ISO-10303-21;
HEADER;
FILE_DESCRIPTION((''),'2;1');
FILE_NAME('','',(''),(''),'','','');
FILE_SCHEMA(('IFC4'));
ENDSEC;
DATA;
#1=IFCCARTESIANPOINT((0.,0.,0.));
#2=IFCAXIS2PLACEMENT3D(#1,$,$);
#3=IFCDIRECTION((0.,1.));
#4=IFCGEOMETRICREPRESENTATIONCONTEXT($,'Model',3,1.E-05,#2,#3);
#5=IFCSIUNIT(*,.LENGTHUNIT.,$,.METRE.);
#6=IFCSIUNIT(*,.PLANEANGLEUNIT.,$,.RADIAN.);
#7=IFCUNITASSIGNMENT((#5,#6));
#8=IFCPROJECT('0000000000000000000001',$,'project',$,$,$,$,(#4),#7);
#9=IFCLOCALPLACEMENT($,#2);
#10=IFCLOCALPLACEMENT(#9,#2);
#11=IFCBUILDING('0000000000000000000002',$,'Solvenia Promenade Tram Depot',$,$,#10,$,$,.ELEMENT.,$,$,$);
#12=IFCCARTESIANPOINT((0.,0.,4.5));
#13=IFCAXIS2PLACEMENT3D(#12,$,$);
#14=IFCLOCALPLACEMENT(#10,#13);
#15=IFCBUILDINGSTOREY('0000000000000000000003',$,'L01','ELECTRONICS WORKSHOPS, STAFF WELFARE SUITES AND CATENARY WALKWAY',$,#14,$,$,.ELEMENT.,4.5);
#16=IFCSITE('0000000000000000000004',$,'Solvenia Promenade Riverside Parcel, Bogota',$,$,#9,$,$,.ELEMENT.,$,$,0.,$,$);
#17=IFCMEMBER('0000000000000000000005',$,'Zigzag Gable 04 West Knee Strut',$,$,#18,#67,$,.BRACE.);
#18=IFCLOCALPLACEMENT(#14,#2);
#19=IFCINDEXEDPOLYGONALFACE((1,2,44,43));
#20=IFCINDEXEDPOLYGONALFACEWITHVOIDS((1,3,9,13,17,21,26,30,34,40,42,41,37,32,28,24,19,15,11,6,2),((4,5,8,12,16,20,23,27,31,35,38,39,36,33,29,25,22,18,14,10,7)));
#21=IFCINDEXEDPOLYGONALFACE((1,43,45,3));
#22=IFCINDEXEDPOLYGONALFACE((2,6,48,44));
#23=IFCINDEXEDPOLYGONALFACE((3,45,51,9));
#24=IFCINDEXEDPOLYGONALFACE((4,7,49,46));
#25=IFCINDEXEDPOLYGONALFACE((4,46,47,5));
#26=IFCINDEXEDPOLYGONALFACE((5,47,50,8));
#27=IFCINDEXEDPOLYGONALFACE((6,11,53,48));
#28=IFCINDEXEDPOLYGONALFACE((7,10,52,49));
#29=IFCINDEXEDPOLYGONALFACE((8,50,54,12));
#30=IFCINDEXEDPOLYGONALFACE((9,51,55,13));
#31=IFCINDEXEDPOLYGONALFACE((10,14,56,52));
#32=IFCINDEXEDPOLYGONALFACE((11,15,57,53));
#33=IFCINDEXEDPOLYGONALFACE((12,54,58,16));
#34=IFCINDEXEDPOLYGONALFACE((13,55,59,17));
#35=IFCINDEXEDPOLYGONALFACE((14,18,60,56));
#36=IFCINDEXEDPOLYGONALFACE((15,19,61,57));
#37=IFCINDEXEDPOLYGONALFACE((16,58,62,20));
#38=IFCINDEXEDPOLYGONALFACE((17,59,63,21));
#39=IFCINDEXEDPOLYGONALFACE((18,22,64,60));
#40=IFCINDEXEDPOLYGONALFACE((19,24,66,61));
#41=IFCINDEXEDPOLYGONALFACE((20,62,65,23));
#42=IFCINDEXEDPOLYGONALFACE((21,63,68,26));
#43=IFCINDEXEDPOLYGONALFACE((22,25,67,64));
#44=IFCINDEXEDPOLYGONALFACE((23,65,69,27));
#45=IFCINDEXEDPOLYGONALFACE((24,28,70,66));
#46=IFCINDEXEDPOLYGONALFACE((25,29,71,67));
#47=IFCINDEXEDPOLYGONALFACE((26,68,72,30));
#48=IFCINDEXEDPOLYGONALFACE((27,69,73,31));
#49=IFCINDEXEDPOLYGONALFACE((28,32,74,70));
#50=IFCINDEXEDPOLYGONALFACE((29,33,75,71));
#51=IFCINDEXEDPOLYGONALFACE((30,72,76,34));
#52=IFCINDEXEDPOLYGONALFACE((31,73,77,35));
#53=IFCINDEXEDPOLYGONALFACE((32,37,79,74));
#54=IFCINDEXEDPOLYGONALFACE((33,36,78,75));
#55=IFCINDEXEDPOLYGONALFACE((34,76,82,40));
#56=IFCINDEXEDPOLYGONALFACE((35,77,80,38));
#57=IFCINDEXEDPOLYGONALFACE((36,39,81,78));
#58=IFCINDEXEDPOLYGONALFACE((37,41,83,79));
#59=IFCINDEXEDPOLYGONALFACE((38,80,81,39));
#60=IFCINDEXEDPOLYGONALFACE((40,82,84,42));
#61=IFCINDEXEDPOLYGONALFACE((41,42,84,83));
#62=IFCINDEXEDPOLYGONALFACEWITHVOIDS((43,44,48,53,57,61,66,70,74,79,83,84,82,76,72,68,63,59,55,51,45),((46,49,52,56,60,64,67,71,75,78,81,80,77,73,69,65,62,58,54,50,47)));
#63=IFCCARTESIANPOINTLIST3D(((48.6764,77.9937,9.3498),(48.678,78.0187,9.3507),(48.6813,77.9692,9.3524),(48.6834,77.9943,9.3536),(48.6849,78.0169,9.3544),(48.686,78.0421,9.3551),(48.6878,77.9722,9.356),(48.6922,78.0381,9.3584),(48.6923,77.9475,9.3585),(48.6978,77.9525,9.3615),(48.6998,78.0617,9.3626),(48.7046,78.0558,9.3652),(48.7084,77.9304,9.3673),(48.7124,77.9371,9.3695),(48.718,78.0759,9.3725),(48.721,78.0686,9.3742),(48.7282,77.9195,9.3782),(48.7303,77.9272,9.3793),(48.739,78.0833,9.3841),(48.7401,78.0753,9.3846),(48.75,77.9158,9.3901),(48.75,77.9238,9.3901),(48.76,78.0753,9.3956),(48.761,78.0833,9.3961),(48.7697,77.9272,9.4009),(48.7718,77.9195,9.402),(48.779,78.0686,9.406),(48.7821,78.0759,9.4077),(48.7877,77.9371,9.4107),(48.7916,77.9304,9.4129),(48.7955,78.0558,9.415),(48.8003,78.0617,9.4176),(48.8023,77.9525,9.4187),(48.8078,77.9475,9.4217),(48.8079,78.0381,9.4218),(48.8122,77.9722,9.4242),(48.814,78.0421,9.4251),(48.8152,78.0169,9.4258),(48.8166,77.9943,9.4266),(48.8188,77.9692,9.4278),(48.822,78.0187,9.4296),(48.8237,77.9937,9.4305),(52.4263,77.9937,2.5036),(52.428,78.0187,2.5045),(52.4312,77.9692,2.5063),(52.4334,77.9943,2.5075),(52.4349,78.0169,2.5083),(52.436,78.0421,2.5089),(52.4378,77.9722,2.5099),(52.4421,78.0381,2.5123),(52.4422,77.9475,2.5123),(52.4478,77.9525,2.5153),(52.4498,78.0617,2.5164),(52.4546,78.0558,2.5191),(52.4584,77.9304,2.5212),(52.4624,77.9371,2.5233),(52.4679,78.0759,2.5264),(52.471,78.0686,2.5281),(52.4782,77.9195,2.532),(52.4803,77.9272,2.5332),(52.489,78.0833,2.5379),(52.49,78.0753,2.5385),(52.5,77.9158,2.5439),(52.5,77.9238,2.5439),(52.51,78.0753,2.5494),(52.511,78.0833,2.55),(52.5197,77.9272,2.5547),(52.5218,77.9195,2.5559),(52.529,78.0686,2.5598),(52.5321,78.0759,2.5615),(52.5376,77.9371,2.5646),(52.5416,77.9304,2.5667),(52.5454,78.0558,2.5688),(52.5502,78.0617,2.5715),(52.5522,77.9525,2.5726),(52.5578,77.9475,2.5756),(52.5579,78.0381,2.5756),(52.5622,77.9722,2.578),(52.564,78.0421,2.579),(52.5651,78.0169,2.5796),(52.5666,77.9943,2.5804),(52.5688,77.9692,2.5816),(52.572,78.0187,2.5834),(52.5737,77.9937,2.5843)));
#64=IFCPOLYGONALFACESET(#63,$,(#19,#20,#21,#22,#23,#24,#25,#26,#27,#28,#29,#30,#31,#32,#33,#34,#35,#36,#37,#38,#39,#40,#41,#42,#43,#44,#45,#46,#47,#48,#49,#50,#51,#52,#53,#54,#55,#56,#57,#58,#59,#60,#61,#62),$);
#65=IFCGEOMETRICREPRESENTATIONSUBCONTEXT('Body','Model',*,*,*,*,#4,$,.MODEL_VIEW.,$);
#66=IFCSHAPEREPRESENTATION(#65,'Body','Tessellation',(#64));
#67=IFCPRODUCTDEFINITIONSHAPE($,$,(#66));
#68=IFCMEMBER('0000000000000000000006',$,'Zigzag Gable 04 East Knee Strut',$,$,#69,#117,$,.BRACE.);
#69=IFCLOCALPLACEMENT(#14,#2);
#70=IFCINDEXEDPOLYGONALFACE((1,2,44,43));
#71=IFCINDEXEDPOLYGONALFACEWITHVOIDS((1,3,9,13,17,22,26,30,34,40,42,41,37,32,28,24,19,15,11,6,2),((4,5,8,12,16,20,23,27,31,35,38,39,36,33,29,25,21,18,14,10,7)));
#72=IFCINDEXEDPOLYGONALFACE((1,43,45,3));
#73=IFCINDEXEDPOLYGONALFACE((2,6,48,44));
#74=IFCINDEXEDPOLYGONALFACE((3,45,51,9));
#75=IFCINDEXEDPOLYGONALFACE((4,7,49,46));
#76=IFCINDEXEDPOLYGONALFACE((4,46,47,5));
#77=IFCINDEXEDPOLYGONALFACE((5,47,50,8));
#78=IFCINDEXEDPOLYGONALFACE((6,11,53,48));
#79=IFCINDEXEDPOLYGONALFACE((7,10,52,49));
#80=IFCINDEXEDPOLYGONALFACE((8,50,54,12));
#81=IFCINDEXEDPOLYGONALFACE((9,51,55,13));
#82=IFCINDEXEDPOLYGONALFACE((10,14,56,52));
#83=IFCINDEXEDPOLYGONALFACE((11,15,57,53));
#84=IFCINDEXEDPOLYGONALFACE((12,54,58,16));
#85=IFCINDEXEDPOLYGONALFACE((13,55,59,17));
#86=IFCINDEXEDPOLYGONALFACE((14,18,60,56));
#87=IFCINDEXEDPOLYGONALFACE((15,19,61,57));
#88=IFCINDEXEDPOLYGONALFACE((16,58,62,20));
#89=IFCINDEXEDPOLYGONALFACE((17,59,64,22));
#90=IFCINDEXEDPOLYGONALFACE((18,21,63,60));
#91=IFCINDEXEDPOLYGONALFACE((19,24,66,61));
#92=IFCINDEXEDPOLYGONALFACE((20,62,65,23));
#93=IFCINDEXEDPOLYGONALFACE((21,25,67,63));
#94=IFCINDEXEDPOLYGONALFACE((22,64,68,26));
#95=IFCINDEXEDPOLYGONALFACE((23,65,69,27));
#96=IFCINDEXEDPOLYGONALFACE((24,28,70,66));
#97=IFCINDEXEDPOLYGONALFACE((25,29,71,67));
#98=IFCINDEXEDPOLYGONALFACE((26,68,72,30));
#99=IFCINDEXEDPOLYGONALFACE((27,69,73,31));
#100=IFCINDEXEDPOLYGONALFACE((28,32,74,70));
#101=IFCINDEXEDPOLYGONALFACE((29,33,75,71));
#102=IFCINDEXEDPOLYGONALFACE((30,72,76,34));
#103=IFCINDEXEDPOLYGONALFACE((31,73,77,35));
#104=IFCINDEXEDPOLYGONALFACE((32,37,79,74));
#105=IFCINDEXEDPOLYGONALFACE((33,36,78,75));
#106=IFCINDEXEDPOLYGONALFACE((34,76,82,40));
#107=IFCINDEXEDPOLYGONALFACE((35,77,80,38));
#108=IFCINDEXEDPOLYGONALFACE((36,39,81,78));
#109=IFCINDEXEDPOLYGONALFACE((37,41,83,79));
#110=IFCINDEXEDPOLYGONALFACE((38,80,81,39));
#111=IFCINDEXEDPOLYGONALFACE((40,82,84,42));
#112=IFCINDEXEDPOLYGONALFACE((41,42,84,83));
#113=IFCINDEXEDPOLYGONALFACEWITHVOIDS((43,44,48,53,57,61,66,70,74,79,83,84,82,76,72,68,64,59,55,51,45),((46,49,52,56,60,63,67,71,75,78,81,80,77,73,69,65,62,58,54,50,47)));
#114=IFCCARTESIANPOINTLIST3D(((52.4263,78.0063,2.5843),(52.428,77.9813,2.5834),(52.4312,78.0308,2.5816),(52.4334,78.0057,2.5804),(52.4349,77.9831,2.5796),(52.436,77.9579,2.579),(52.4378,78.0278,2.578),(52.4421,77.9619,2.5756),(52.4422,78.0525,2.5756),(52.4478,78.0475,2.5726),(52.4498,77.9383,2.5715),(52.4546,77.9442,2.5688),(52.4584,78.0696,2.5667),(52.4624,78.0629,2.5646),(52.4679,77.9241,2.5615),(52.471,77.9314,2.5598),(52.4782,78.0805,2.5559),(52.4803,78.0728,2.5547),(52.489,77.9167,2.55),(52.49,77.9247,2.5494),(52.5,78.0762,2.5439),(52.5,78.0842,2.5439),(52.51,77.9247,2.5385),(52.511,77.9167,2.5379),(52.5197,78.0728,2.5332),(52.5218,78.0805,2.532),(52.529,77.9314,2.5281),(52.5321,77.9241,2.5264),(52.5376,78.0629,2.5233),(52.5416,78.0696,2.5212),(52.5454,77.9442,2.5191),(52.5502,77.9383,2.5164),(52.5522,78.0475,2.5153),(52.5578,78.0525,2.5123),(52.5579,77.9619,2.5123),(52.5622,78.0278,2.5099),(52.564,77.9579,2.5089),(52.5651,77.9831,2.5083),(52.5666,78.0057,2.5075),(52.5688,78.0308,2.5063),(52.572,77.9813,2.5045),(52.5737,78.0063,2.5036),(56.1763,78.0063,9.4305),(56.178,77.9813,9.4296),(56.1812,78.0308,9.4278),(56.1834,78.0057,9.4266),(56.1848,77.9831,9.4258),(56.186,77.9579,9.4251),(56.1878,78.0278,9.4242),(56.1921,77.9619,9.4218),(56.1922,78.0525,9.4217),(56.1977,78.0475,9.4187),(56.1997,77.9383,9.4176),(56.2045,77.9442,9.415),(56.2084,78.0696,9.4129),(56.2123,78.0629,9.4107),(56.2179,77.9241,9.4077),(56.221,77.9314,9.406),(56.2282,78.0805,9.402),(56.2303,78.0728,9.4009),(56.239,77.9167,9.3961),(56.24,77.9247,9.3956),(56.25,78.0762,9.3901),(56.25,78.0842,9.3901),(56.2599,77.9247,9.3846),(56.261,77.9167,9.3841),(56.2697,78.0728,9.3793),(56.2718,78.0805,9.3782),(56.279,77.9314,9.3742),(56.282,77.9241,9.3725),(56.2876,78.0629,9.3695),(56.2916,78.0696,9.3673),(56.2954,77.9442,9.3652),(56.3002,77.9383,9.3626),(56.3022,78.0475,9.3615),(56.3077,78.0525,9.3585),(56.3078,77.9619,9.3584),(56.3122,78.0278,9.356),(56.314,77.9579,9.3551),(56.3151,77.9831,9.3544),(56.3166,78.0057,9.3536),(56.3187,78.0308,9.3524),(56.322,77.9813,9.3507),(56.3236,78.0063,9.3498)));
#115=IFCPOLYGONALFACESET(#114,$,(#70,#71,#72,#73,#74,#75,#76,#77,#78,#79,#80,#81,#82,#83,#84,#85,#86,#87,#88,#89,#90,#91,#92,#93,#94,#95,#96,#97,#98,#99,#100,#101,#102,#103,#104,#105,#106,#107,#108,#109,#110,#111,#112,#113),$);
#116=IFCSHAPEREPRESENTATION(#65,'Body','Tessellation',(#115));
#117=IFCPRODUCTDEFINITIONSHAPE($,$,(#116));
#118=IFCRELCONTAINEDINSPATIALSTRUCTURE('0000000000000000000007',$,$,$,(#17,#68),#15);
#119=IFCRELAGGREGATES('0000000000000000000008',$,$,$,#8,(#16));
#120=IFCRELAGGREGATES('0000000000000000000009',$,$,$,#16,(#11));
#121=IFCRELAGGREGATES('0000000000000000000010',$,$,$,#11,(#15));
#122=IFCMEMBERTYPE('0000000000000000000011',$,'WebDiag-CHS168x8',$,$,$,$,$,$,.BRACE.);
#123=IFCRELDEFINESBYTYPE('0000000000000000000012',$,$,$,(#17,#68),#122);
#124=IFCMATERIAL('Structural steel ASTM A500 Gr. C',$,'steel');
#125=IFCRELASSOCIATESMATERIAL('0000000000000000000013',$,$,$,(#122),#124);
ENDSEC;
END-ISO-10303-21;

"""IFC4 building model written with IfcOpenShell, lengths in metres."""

from ifc_helpers import new_model, si_unit, direction, frame, origin, origin_2d, place, context, subcontext, project, spatial, hollow_circle, extrude, material, material_profile, profile_set, type_object, element, save


model = new_model("IFC4")

# Units and contexts
model_context = context("Model", 3, precision=1e-05, world=origin(), true_north=direction((0.0, 1.0)))
body_context = subcontext(model_context, "Body", "Model", "MODEL_VIEW")
ifc_project = project(units=[si_unit("LENGTHUNIT", "METRE"), si_unit("PLANEANGLEUNIT", "RADIAN")], contexts=[model_context])

# Site, building, storey
site_placement = place(None, origin())
site = spatial("IfcSite", under=ifc_project, at=site_placement, Name="Solvenia Promenade Riverside Parcel, Bogota", CompositionType="ELEMENT", RefElevation=0.0)
building_placement = place(site_placement, origin())
building = spatial("IfcBuilding", under=site, at=building_placement, Name="Solvenia Promenade Tram Depot", CompositionType="ELEMENT")
storey_placement = place(building_placement, frame((0.0, 0.0, 4.5)))
storey = spatial("IfcBuildingStorey", under=building, at=storey_placement, Name="L01", Description="ELECTRONICS WORKSHOPS, STAFF WELFARE SUITES AND CATENARY WALKWAY", CompositionType="ELEMENT", Elevation=4.5)

# Shared definitions
ifc_material_1 = material(Name="Structural steel ASTM A500 Gr. C", Category="steel")

# Members
ifc_material_profile_1 = material_profile(ifc_material_1, hollow_circle(Radius=0.0842, WallThickness=0.0081, at=origin_2d()), Name="CHS168.3x8", Category="steel")
ifc_profile_set_1 = profile_set([ifc_material_profile_1], Name="Structural steel ASTM A500 Gr. C")
member_type_1 = type_object("IfcMemberType", Name="WebDiag-CHS168x8", PredefinedType="BRACE", material=ifc_profile_set_1)
for number, where, z_axis, x_axis, name in (
    (1, (52.5, 78.0, 2.5439), (-0.480403, 0.0, 0.877048), (0.0, -1.0, 0.0), "Zigzag Gable 04 West Knee Strut"),
    (2, (52.5, 78.0, 2.5439), (0.480403, 0.0, 0.877048), (0.0, 1.0, 0.0), "Zigzag Gable 04 East Knee Strut"),
):
    element("IfcMember", number, at=place(storey_placement, frame(where, z_axis=z_axis, x_axis=x_axis)), inside=storey, type_object=member_type_1, Name=name, PredefinedType="BRACE", context=body_context, shape_type="SweptSolid", body=[
        extrude(hollow_circle(Radius=0.0842, WallThickness=0.0081, at=origin_2d()), origin(), (0.0, 0.0, 1.0), 7.8059),
    ])

save(model, "model.ifc")
